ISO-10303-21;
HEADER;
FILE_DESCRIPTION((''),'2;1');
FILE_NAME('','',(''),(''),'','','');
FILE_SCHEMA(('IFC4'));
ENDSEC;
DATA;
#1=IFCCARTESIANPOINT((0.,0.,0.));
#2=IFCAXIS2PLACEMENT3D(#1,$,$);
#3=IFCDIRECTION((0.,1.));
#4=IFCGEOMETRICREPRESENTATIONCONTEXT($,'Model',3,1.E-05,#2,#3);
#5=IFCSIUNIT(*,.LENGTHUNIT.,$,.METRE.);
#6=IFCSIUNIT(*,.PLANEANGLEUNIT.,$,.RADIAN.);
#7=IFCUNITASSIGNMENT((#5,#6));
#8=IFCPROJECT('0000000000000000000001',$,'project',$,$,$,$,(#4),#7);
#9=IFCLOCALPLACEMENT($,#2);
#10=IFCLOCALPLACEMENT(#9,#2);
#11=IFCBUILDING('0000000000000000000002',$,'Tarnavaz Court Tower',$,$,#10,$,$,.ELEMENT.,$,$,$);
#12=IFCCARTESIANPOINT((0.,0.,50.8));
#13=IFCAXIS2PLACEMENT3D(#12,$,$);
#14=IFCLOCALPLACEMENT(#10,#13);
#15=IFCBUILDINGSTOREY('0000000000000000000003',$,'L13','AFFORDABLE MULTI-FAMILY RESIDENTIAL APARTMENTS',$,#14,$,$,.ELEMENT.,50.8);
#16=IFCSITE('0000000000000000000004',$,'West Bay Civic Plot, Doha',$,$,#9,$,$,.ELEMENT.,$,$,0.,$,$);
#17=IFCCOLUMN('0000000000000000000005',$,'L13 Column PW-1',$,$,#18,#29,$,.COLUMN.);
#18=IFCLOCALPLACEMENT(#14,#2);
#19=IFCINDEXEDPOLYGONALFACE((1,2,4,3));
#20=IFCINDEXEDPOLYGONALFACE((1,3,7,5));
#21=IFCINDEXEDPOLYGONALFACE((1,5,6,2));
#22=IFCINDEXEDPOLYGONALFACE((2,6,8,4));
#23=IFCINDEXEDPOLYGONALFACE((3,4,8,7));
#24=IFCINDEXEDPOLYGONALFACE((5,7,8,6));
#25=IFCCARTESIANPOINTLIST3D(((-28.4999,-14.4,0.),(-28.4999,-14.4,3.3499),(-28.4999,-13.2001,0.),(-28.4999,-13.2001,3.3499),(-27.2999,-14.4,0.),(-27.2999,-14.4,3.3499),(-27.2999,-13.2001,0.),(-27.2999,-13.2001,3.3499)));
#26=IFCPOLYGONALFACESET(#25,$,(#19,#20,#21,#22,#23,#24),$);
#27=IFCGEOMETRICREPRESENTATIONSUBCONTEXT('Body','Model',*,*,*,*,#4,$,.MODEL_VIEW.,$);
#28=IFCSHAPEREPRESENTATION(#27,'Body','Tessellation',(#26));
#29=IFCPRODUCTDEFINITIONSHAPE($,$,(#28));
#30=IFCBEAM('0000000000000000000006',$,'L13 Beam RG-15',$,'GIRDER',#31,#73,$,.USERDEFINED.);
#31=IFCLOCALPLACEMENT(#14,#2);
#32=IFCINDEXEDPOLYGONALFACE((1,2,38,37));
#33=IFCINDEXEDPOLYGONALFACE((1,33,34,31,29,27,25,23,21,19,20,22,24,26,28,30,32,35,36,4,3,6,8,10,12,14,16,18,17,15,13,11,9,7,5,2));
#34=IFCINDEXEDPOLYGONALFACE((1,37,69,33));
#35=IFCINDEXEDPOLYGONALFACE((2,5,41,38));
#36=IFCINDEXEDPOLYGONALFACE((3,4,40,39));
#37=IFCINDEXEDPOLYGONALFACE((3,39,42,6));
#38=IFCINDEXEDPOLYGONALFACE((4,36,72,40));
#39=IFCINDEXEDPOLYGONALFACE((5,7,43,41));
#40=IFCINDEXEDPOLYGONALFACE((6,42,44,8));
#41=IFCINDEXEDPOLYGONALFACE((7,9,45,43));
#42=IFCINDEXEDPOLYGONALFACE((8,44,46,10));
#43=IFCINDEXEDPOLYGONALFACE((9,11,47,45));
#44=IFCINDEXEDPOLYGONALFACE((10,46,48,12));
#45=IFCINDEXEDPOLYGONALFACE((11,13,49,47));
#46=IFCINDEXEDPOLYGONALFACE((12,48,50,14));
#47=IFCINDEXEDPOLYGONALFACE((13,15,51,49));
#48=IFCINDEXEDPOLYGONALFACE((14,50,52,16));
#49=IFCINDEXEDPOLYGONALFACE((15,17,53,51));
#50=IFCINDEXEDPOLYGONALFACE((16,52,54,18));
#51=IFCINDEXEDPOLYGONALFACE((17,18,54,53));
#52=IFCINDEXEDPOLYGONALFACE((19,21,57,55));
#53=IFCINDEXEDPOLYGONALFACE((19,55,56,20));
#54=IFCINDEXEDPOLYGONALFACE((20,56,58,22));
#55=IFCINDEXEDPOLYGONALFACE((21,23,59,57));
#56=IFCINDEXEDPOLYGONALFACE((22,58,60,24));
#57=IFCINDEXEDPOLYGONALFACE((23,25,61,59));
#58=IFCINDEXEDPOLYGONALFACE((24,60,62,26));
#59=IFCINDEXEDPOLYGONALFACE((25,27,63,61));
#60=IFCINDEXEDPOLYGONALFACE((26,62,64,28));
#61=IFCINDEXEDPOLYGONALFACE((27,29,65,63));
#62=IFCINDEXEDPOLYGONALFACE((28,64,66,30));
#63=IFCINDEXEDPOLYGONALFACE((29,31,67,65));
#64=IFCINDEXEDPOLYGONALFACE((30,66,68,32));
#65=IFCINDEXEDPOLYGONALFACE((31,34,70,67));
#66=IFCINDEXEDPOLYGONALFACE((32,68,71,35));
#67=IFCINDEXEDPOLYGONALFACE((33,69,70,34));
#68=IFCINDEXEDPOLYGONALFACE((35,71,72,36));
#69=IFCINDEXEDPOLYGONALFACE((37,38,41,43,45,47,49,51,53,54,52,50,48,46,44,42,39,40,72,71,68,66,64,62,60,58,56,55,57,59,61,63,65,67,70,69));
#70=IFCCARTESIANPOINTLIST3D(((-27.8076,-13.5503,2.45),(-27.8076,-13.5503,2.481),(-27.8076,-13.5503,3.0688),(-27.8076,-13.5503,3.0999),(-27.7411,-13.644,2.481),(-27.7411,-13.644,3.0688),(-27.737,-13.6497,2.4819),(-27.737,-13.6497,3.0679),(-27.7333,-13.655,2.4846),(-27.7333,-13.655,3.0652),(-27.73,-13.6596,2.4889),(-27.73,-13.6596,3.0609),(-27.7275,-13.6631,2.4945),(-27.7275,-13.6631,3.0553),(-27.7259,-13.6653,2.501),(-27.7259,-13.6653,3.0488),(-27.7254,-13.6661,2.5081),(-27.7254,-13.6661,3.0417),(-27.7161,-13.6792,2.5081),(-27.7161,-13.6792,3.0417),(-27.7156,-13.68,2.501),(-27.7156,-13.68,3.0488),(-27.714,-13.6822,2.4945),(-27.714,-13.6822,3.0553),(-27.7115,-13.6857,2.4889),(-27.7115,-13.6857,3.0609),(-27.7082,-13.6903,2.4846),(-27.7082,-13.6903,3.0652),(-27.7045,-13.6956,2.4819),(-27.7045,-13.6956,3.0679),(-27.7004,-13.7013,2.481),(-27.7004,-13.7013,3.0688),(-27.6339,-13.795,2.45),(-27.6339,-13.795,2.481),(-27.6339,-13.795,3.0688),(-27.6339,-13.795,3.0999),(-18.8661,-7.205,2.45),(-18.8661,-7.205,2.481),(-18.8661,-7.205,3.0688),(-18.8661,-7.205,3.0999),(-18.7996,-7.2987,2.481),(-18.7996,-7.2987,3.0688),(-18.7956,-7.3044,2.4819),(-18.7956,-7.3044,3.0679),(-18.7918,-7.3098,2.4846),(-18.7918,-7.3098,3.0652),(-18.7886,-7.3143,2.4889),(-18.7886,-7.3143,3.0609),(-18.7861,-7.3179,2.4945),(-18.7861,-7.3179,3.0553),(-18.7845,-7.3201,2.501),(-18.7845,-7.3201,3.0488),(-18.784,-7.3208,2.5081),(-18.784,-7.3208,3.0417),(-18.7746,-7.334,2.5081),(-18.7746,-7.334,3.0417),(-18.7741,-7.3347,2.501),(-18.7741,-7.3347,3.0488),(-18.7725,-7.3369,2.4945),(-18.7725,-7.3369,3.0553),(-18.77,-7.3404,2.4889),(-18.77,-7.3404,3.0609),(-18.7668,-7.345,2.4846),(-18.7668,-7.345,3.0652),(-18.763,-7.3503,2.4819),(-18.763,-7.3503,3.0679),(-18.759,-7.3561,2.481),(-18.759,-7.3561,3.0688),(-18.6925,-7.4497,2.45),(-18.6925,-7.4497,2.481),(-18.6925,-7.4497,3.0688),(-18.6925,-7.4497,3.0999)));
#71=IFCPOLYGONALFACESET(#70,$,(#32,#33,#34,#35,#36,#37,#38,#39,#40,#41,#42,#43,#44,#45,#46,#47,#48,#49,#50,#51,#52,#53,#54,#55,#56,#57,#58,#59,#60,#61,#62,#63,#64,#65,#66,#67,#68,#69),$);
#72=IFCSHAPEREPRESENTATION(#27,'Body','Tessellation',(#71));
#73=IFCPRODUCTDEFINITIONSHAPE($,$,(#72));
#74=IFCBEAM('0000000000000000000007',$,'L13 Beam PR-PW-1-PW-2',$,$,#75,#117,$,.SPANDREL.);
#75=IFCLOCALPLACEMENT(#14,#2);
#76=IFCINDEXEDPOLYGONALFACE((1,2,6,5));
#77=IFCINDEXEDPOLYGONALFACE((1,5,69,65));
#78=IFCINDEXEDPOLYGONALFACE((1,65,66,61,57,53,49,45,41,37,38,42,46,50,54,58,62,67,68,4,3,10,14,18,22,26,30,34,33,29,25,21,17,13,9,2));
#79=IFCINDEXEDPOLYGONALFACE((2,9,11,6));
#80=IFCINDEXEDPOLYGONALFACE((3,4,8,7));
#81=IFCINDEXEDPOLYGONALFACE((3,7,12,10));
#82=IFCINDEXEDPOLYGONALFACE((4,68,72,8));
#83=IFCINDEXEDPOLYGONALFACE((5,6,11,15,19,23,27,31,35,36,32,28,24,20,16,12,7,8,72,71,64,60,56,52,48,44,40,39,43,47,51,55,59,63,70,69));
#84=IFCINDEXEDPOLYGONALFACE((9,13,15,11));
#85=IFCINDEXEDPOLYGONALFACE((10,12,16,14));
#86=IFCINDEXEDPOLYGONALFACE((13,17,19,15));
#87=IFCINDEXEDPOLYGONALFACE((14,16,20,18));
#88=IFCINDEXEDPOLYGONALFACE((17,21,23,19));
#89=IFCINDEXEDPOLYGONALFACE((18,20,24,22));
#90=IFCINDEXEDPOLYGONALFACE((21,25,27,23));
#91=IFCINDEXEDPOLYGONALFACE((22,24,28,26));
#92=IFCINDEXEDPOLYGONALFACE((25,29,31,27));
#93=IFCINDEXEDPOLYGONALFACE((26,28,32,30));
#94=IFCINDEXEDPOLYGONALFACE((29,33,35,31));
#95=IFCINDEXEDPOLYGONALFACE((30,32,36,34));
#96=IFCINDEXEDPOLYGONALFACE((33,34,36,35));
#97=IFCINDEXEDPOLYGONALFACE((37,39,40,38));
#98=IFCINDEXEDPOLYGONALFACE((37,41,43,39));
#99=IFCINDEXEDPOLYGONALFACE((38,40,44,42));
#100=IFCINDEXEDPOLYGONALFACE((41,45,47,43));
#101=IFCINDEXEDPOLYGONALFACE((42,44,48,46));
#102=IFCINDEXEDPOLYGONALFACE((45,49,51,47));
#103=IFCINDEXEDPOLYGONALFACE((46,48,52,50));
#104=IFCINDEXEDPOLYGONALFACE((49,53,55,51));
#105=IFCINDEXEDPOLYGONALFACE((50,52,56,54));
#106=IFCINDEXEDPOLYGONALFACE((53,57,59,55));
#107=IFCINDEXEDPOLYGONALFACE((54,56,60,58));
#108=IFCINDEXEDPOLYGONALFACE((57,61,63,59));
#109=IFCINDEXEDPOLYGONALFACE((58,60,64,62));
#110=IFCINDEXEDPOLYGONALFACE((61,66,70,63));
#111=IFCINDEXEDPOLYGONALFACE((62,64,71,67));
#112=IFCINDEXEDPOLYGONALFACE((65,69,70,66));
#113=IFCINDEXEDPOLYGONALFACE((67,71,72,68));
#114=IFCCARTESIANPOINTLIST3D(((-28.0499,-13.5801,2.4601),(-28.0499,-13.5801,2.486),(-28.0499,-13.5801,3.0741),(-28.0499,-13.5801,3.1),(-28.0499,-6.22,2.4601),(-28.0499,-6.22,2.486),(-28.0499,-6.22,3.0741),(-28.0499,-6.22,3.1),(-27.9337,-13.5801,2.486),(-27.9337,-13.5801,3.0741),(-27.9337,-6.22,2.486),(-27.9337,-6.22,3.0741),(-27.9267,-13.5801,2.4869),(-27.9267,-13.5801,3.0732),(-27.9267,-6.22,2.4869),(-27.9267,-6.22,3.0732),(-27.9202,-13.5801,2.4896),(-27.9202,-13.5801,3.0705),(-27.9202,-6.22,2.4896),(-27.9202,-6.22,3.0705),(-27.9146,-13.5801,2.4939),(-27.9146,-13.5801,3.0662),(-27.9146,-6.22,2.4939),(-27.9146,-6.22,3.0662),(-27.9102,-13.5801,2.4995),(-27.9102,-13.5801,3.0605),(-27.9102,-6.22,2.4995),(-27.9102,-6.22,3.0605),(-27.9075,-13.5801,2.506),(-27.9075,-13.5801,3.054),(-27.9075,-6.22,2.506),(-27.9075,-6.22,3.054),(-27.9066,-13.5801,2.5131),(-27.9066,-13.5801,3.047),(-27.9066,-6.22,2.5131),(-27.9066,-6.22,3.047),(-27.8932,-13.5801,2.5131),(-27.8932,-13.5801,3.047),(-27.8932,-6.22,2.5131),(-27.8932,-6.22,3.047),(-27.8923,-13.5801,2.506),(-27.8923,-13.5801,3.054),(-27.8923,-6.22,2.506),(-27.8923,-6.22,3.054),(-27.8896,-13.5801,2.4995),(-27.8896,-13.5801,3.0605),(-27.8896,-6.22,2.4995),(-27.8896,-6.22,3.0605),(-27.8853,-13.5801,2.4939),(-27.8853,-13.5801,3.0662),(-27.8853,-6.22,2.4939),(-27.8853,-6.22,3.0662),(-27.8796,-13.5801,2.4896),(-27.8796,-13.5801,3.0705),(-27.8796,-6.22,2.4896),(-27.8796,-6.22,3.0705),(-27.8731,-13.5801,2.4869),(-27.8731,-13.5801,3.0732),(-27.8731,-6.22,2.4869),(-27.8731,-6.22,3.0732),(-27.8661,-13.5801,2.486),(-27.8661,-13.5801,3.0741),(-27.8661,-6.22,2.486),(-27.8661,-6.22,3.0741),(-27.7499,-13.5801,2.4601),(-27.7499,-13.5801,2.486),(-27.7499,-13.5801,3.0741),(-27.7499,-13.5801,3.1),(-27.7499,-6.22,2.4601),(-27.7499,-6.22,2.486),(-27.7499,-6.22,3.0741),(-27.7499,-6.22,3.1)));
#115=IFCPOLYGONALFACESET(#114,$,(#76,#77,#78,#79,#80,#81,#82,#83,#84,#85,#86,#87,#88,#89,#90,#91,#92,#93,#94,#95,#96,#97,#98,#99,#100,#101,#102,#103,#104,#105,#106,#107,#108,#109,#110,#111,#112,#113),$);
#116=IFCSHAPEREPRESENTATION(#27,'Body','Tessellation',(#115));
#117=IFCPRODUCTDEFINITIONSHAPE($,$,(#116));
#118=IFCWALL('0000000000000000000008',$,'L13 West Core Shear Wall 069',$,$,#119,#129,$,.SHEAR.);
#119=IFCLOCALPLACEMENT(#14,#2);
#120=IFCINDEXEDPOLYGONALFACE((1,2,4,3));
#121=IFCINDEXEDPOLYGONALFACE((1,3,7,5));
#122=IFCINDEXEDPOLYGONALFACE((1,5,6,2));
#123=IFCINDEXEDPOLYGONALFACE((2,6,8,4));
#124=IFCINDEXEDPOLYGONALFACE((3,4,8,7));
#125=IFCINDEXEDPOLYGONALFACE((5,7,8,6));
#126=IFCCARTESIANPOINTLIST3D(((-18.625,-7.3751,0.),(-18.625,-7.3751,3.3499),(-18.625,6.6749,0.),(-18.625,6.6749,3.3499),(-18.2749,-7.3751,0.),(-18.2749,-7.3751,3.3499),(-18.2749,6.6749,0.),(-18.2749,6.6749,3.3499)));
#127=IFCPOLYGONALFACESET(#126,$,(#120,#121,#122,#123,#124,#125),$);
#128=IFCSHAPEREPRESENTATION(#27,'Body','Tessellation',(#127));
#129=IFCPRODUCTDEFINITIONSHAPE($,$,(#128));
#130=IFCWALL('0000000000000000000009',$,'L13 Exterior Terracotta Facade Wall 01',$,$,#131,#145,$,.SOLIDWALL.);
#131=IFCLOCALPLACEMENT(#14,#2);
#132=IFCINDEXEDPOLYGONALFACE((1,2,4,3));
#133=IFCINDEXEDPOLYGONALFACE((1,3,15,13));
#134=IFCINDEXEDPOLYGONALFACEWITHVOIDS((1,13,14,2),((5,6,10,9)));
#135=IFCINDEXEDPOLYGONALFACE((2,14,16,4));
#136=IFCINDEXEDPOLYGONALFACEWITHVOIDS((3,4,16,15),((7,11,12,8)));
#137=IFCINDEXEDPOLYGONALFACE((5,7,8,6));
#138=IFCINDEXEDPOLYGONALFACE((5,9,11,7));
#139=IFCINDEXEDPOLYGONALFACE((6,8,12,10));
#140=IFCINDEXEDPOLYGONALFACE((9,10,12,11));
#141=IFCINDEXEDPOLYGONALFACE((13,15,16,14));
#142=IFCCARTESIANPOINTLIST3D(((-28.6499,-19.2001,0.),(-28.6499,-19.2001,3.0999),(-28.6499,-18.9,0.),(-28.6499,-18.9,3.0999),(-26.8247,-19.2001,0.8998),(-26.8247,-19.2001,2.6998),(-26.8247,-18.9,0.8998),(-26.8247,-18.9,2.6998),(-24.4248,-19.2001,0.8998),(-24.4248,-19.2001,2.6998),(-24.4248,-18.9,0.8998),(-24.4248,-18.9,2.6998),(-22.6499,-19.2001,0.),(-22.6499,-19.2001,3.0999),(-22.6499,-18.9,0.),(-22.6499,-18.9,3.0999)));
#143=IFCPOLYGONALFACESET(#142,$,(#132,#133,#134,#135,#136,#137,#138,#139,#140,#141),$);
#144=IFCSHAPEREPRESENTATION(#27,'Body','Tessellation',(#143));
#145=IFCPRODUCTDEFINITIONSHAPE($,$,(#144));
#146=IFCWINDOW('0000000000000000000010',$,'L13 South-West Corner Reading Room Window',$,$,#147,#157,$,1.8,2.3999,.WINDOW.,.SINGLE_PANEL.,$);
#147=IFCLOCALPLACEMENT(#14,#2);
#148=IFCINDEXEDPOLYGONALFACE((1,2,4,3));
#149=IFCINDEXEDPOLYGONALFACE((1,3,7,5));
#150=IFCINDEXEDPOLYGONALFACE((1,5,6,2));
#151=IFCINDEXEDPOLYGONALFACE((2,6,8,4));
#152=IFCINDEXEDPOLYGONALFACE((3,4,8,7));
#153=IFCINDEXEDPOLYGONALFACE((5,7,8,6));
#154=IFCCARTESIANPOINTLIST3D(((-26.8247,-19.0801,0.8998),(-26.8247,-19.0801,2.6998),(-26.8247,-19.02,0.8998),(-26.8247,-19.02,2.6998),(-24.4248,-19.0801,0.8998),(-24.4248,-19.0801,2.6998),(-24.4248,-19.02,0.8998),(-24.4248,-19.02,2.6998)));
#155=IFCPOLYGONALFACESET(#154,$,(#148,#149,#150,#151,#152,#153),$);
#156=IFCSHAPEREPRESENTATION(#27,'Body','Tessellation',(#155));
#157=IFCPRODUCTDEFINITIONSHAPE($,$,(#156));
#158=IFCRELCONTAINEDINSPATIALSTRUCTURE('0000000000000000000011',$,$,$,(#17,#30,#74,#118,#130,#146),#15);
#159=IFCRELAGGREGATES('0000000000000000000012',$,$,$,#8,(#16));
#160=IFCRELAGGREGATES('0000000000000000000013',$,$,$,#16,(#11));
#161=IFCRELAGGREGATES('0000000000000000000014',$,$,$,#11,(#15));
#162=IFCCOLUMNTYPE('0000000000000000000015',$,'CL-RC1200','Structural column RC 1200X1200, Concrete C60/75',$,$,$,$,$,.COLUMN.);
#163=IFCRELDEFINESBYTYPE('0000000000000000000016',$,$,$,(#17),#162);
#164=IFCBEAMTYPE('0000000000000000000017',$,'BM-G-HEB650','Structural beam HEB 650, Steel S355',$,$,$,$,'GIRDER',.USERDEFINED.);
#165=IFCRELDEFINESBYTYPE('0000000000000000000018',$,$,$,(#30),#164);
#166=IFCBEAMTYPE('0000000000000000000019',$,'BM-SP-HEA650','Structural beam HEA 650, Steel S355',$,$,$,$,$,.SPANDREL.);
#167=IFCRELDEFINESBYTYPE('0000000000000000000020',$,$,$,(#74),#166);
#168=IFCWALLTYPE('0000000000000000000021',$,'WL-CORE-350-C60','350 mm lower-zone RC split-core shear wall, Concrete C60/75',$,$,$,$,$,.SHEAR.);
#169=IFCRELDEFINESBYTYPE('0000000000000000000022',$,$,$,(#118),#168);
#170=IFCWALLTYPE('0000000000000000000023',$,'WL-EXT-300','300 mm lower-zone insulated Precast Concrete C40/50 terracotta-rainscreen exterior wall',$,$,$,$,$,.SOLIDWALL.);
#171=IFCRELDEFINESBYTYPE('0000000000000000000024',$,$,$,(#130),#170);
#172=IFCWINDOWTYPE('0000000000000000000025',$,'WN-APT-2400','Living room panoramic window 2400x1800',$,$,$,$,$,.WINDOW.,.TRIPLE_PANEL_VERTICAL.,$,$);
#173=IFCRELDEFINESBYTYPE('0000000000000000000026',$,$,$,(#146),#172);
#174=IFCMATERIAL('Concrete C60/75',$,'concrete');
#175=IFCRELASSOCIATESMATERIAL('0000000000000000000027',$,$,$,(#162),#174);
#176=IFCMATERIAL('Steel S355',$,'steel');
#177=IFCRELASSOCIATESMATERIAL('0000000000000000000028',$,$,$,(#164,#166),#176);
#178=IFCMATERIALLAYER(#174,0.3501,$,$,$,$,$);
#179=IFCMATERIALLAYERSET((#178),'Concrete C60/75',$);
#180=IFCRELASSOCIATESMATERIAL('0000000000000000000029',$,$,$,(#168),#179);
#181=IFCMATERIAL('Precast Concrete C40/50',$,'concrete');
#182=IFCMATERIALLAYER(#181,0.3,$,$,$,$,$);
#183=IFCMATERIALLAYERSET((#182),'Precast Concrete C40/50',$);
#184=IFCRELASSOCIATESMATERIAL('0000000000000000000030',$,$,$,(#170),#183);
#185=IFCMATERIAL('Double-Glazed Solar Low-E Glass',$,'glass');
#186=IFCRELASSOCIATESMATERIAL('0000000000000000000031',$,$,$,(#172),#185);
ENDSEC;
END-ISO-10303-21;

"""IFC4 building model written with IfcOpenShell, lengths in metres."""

from ifc_helpers import new_model, si_unit, direction, frame, frame_2d, origin, origin_2d, place, context, subcontext, project, spatial, rectangle, i_section, extrude, material, layer, layer_set, material_profile, profile_set, type_object, element, fill, save


model = new_model("IFC4")

# Units and contexts
model_context = context("Model", 3, precision=1e-05, world=origin(), true_north=direction((0.0, 1.0)))
body_context = subcontext(model_context, "Body", "Model", "MODEL_VIEW")
ifc_project = project(units=[si_unit("LENGTHUNIT", "METRE"), si_unit("PLANEANGLEUNIT", "RADIAN")], contexts=[model_context])

# Site, building, storey
site_placement = place(None, origin())
site = spatial("IfcSite", under=ifc_project, at=site_placement, Name="West Bay Civic Plot, Doha", CompositionType="ELEMENT", RefElevation=0.0)
building_placement = place(site_placement, origin())
building = spatial("IfcBuilding", under=site, at=building_placement, Name="Tarnavaz Court Tower", CompositionType="ELEMENT")
storey_placement = place(building_placement, frame((0.0, 0.0, 50.8)))
storey = spatial("IfcBuildingStorey", under=building, at=storey_placement, Name="L13", Description="AFFORDABLE MULTI-FAMILY RESIDENTIAL APARTMENTS", CompositionType="ELEMENT", Elevation=50.8)

# Column
ifc_material_1 = material(Name="Concrete C60/75", Category="concrete")
ifc_material_profile_1 = material_profile(ifc_material_1, rectangle(XDim=1.2, YDim=1.2, at=origin_2d()), Name="RC 1200X1200")
ifc_profile_set_1 = profile_set([ifc_material_profile_1], Name="Concrete C60/75")
column_type = type_object("IfcColumnType", Name="CL-RC1200", Description="Structural column RC 1200X1200, Concrete C60/75", PredefinedType="COLUMN", material=ifc_profile_set_1)
column_placement = place(storey_placement, frame((-27.8999, -13.8, 0.0), z_axis=(0.0, 0.0, 1.0), x_axis=(1.0, 0.0, 0.0)))
element("IfcColumn", 1, at=column_placement, inside=storey, type_object=column_type, Name="L13 Column PW-1", PredefinedType="COLUMN", context=body_context, shape_type="SweptSolid", body=[
    extrude(rectangle(XDim=1.2, YDim=1.2, at=origin_2d()), origin(), (0.0, 0.0, 1.0), 3.3499),
])

# Beams
ifc_material_2 = material(Name="Steel S355", Category="steel")
ifc_material_profile_2 = material_profile(ifc_material_2, i_section(OverallWidth=0.3, OverallDepth=0.6499, WebThickness=0.0161, FlangeThickness=0.031, FilletRadius=0.0271, at=origin_2d()), Name="HEB 650")
ifc_profile_set_2 = profile_set([ifc_material_profile_2], Name="Steel S355")
beam_type_1 = type_object("IfcBeamType", Name="BM-G-HEB650", Description="Structural beam HEB 650, Steel S355", ElementType="GIRDER", PredefinedType="USERDEFINED", material=ifc_profile_set_2)
beam_1_placement = place(storey_placement, frame((-18.7793, -7.3274, 2.7749), z_axis=(-0.81552, -0.578729, 0.0), x_axis=(0.578729, -0.81552, 0.0)))
element("IfcBeam", 2, at=beam_1_placement, inside=storey, type_object=beam_type_1, Name="L13 Beam RG-15", ObjectType="GIRDER", PredefinedType="USERDEFINED", context=body_context, shape_type="SweptSolid", body=[
    extrude(i_section(OverallWidth=0.3, OverallDepth=0.6499, WebThickness=0.0161, FlangeThickness=0.031, FilletRadius=0.0271, at=origin_2d()), origin(), (0.0, 0.0, 1.0), 10.9641),
])
ifc_material_profile_3 = material_profile(ifc_material_2, i_section(OverallWidth=0.3, OverallDepth=0.6399, WebThickness=0.0134, FlangeThickness=0.0259, FilletRadius=0.0271, at=origin_2d()), Name="HEA 650")
ifc_profile_set_3 = profile_set([ifc_material_profile_3], Name="Steel S355")
beam_type_2 = type_object("IfcBeamType", Name="BM-SP-HEA650", Description="Structural beam HEA 650, Steel S355", PredefinedType="SPANDREL", material=ifc_profile_set_3)
beam_2_placement = place(storey_placement, frame((-27.8999, -13.5801, 2.78), z_axis=(0.0, 1.0, 0.0), x_axis=(-1.0, 0.0, 0.0)))
element("IfcBeam", 3, at=beam_2_placement, inside=storey, type_object=beam_type_2, Name="L13 Beam PR-PW-1-PW-2", PredefinedType="SPANDREL", context=body_context, shape_type="SweptSolid", body=[
    extrude(i_section(OverallWidth=0.3, OverallDepth=0.6399, WebThickness=0.0134, FlangeThickness=0.0259, FilletRadius=0.0271, at=origin_2d()), origin(), (0.0, 0.0, 1.0), 7.3601),
])

# Wall
ifc_layer_1 = layer(ifc_material_1, 0.3501)
ifc_layer_set_1 = layer_set([ifc_layer_1], Name="Concrete C60/75")
wall_type_1 = type_object("IfcWallType", Name="WL-CORE-350-C60", Description="350 mm lower-zone RC split-core shear wall, Concrete C60/75", PredefinedType="SHEAR", material=ifc_layer_set_1)
wall_1_placement = place(storey_placement, frame((-18.45, -7.375, 0.0), z_axis=(0.0, 0.0, 1.0), x_axis=(0.0, 1.0, 0.0)))
element("IfcWall", 4, at=wall_1_placement, inside=storey, type_object=wall_type_1, Name="L13 West Core Shear Wall 069", PredefinedType="SHEAR", context=body_context, shape_type="SweptSolid", body=[
    extrude(rectangle(XDim=14.05, YDim=0.3501, at=frame_2d((7.0249, 0.0))), origin(), (0.0, 0.0, 1.0), 3.3499),
])

# Wall, opening, window
ifc_material_3 = material(Name="Precast Concrete C40/50", Category="concrete")
ifc_layer_2 = layer(ifc_material_3, 0.3)
ifc_layer_set_2 = layer_set([ifc_layer_2], Name="Precast Concrete C40/50")
wall_type_2 = type_object("IfcWallType", Name="WL-EXT-300", Description="300 mm lower-zone insulated Precast Concrete C40/50 terracotta-rainscreen exterior wall", PredefinedType="SOLIDWALL", material=ifc_layer_set_2)
wall_2_placement = place(storey_placement, frame((-22.6499, -19.05, 0.0), z_axis=(0.0, 0.0, 1.0), x_axis=(-1.0, 0.0, 0.0)))
wall_2 = element("IfcWall", 5, at=wall_2_placement, inside=storey, type_object=wall_type_2, Name="L13 Exterior Terracotta Facade Wall 01", PredefinedType="SOLIDWALL", context=body_context, shape_type="SweptSolid", body=[
    extrude(rectangle(XDim=6.0, YDim=0.3, at=frame_2d((3.0, 0.0))), origin(), (0.0, 0.0, 1.0), 3.0999),
])
opening_1_placement = place(wall_2_placement, frame((1.7749, 0.0, 0.8999)))
opening_1 = element("IfcOpeningElement", 6, at=opening_1_placement, cuts=wall_2, PredefinedType="OPENING", context=body_context, shape_type="SweptSolid", body=[
    extrude(rectangle(XDim=2.3999, YDim=1.8, at=frame_2d((1.2, 0.8999))), frame((0.0, 0.1599, 0.0), z_axis=(0.0, -1.0, 0.0), x_axis=(1.0, 0.0, 0.0)), (0.0, 0.0, 1.0), 0.3201),
])
ifc_material_4 = material(Name="Double-Glazed Solar Low-E Glass", Category="glass")
window_type_1 = type_object("IfcWindowType", Name="WN-APT-2400", Description="Living room panoramic window 2400x1800", PartitioningType="TRIPLE_PANEL_VERTICAL", PredefinedType="WINDOW", material=ifc_material_4)
window_1_placement = place(opening_1_placement, origin())
window_1 = element("IfcWindow", 7, at=window_1_placement, inside=storey, type_object=window_type_1, Name="L13 South-West Corner Reading Room Window", OverallHeight=1.8, OverallWidth=2.3999, PartitioningType="SINGLE_PANEL", PredefinedType="WINDOW", context=body_context, shape_type="SweptSolid", body=[
    extrude(rectangle(XDim=2.3999, YDim=1.8, at=frame_2d((1.2, 0.8999))), frame((0.0, 0.03, 0.0), z_axis=(0.0, -1.0, 0.0), x_axis=(1.0, 0.0, 0.0)), (0.0, 0.0, 1.0), 0.0601),
])
fill(opening_1, window_1)

save(model, "model.ifc")
